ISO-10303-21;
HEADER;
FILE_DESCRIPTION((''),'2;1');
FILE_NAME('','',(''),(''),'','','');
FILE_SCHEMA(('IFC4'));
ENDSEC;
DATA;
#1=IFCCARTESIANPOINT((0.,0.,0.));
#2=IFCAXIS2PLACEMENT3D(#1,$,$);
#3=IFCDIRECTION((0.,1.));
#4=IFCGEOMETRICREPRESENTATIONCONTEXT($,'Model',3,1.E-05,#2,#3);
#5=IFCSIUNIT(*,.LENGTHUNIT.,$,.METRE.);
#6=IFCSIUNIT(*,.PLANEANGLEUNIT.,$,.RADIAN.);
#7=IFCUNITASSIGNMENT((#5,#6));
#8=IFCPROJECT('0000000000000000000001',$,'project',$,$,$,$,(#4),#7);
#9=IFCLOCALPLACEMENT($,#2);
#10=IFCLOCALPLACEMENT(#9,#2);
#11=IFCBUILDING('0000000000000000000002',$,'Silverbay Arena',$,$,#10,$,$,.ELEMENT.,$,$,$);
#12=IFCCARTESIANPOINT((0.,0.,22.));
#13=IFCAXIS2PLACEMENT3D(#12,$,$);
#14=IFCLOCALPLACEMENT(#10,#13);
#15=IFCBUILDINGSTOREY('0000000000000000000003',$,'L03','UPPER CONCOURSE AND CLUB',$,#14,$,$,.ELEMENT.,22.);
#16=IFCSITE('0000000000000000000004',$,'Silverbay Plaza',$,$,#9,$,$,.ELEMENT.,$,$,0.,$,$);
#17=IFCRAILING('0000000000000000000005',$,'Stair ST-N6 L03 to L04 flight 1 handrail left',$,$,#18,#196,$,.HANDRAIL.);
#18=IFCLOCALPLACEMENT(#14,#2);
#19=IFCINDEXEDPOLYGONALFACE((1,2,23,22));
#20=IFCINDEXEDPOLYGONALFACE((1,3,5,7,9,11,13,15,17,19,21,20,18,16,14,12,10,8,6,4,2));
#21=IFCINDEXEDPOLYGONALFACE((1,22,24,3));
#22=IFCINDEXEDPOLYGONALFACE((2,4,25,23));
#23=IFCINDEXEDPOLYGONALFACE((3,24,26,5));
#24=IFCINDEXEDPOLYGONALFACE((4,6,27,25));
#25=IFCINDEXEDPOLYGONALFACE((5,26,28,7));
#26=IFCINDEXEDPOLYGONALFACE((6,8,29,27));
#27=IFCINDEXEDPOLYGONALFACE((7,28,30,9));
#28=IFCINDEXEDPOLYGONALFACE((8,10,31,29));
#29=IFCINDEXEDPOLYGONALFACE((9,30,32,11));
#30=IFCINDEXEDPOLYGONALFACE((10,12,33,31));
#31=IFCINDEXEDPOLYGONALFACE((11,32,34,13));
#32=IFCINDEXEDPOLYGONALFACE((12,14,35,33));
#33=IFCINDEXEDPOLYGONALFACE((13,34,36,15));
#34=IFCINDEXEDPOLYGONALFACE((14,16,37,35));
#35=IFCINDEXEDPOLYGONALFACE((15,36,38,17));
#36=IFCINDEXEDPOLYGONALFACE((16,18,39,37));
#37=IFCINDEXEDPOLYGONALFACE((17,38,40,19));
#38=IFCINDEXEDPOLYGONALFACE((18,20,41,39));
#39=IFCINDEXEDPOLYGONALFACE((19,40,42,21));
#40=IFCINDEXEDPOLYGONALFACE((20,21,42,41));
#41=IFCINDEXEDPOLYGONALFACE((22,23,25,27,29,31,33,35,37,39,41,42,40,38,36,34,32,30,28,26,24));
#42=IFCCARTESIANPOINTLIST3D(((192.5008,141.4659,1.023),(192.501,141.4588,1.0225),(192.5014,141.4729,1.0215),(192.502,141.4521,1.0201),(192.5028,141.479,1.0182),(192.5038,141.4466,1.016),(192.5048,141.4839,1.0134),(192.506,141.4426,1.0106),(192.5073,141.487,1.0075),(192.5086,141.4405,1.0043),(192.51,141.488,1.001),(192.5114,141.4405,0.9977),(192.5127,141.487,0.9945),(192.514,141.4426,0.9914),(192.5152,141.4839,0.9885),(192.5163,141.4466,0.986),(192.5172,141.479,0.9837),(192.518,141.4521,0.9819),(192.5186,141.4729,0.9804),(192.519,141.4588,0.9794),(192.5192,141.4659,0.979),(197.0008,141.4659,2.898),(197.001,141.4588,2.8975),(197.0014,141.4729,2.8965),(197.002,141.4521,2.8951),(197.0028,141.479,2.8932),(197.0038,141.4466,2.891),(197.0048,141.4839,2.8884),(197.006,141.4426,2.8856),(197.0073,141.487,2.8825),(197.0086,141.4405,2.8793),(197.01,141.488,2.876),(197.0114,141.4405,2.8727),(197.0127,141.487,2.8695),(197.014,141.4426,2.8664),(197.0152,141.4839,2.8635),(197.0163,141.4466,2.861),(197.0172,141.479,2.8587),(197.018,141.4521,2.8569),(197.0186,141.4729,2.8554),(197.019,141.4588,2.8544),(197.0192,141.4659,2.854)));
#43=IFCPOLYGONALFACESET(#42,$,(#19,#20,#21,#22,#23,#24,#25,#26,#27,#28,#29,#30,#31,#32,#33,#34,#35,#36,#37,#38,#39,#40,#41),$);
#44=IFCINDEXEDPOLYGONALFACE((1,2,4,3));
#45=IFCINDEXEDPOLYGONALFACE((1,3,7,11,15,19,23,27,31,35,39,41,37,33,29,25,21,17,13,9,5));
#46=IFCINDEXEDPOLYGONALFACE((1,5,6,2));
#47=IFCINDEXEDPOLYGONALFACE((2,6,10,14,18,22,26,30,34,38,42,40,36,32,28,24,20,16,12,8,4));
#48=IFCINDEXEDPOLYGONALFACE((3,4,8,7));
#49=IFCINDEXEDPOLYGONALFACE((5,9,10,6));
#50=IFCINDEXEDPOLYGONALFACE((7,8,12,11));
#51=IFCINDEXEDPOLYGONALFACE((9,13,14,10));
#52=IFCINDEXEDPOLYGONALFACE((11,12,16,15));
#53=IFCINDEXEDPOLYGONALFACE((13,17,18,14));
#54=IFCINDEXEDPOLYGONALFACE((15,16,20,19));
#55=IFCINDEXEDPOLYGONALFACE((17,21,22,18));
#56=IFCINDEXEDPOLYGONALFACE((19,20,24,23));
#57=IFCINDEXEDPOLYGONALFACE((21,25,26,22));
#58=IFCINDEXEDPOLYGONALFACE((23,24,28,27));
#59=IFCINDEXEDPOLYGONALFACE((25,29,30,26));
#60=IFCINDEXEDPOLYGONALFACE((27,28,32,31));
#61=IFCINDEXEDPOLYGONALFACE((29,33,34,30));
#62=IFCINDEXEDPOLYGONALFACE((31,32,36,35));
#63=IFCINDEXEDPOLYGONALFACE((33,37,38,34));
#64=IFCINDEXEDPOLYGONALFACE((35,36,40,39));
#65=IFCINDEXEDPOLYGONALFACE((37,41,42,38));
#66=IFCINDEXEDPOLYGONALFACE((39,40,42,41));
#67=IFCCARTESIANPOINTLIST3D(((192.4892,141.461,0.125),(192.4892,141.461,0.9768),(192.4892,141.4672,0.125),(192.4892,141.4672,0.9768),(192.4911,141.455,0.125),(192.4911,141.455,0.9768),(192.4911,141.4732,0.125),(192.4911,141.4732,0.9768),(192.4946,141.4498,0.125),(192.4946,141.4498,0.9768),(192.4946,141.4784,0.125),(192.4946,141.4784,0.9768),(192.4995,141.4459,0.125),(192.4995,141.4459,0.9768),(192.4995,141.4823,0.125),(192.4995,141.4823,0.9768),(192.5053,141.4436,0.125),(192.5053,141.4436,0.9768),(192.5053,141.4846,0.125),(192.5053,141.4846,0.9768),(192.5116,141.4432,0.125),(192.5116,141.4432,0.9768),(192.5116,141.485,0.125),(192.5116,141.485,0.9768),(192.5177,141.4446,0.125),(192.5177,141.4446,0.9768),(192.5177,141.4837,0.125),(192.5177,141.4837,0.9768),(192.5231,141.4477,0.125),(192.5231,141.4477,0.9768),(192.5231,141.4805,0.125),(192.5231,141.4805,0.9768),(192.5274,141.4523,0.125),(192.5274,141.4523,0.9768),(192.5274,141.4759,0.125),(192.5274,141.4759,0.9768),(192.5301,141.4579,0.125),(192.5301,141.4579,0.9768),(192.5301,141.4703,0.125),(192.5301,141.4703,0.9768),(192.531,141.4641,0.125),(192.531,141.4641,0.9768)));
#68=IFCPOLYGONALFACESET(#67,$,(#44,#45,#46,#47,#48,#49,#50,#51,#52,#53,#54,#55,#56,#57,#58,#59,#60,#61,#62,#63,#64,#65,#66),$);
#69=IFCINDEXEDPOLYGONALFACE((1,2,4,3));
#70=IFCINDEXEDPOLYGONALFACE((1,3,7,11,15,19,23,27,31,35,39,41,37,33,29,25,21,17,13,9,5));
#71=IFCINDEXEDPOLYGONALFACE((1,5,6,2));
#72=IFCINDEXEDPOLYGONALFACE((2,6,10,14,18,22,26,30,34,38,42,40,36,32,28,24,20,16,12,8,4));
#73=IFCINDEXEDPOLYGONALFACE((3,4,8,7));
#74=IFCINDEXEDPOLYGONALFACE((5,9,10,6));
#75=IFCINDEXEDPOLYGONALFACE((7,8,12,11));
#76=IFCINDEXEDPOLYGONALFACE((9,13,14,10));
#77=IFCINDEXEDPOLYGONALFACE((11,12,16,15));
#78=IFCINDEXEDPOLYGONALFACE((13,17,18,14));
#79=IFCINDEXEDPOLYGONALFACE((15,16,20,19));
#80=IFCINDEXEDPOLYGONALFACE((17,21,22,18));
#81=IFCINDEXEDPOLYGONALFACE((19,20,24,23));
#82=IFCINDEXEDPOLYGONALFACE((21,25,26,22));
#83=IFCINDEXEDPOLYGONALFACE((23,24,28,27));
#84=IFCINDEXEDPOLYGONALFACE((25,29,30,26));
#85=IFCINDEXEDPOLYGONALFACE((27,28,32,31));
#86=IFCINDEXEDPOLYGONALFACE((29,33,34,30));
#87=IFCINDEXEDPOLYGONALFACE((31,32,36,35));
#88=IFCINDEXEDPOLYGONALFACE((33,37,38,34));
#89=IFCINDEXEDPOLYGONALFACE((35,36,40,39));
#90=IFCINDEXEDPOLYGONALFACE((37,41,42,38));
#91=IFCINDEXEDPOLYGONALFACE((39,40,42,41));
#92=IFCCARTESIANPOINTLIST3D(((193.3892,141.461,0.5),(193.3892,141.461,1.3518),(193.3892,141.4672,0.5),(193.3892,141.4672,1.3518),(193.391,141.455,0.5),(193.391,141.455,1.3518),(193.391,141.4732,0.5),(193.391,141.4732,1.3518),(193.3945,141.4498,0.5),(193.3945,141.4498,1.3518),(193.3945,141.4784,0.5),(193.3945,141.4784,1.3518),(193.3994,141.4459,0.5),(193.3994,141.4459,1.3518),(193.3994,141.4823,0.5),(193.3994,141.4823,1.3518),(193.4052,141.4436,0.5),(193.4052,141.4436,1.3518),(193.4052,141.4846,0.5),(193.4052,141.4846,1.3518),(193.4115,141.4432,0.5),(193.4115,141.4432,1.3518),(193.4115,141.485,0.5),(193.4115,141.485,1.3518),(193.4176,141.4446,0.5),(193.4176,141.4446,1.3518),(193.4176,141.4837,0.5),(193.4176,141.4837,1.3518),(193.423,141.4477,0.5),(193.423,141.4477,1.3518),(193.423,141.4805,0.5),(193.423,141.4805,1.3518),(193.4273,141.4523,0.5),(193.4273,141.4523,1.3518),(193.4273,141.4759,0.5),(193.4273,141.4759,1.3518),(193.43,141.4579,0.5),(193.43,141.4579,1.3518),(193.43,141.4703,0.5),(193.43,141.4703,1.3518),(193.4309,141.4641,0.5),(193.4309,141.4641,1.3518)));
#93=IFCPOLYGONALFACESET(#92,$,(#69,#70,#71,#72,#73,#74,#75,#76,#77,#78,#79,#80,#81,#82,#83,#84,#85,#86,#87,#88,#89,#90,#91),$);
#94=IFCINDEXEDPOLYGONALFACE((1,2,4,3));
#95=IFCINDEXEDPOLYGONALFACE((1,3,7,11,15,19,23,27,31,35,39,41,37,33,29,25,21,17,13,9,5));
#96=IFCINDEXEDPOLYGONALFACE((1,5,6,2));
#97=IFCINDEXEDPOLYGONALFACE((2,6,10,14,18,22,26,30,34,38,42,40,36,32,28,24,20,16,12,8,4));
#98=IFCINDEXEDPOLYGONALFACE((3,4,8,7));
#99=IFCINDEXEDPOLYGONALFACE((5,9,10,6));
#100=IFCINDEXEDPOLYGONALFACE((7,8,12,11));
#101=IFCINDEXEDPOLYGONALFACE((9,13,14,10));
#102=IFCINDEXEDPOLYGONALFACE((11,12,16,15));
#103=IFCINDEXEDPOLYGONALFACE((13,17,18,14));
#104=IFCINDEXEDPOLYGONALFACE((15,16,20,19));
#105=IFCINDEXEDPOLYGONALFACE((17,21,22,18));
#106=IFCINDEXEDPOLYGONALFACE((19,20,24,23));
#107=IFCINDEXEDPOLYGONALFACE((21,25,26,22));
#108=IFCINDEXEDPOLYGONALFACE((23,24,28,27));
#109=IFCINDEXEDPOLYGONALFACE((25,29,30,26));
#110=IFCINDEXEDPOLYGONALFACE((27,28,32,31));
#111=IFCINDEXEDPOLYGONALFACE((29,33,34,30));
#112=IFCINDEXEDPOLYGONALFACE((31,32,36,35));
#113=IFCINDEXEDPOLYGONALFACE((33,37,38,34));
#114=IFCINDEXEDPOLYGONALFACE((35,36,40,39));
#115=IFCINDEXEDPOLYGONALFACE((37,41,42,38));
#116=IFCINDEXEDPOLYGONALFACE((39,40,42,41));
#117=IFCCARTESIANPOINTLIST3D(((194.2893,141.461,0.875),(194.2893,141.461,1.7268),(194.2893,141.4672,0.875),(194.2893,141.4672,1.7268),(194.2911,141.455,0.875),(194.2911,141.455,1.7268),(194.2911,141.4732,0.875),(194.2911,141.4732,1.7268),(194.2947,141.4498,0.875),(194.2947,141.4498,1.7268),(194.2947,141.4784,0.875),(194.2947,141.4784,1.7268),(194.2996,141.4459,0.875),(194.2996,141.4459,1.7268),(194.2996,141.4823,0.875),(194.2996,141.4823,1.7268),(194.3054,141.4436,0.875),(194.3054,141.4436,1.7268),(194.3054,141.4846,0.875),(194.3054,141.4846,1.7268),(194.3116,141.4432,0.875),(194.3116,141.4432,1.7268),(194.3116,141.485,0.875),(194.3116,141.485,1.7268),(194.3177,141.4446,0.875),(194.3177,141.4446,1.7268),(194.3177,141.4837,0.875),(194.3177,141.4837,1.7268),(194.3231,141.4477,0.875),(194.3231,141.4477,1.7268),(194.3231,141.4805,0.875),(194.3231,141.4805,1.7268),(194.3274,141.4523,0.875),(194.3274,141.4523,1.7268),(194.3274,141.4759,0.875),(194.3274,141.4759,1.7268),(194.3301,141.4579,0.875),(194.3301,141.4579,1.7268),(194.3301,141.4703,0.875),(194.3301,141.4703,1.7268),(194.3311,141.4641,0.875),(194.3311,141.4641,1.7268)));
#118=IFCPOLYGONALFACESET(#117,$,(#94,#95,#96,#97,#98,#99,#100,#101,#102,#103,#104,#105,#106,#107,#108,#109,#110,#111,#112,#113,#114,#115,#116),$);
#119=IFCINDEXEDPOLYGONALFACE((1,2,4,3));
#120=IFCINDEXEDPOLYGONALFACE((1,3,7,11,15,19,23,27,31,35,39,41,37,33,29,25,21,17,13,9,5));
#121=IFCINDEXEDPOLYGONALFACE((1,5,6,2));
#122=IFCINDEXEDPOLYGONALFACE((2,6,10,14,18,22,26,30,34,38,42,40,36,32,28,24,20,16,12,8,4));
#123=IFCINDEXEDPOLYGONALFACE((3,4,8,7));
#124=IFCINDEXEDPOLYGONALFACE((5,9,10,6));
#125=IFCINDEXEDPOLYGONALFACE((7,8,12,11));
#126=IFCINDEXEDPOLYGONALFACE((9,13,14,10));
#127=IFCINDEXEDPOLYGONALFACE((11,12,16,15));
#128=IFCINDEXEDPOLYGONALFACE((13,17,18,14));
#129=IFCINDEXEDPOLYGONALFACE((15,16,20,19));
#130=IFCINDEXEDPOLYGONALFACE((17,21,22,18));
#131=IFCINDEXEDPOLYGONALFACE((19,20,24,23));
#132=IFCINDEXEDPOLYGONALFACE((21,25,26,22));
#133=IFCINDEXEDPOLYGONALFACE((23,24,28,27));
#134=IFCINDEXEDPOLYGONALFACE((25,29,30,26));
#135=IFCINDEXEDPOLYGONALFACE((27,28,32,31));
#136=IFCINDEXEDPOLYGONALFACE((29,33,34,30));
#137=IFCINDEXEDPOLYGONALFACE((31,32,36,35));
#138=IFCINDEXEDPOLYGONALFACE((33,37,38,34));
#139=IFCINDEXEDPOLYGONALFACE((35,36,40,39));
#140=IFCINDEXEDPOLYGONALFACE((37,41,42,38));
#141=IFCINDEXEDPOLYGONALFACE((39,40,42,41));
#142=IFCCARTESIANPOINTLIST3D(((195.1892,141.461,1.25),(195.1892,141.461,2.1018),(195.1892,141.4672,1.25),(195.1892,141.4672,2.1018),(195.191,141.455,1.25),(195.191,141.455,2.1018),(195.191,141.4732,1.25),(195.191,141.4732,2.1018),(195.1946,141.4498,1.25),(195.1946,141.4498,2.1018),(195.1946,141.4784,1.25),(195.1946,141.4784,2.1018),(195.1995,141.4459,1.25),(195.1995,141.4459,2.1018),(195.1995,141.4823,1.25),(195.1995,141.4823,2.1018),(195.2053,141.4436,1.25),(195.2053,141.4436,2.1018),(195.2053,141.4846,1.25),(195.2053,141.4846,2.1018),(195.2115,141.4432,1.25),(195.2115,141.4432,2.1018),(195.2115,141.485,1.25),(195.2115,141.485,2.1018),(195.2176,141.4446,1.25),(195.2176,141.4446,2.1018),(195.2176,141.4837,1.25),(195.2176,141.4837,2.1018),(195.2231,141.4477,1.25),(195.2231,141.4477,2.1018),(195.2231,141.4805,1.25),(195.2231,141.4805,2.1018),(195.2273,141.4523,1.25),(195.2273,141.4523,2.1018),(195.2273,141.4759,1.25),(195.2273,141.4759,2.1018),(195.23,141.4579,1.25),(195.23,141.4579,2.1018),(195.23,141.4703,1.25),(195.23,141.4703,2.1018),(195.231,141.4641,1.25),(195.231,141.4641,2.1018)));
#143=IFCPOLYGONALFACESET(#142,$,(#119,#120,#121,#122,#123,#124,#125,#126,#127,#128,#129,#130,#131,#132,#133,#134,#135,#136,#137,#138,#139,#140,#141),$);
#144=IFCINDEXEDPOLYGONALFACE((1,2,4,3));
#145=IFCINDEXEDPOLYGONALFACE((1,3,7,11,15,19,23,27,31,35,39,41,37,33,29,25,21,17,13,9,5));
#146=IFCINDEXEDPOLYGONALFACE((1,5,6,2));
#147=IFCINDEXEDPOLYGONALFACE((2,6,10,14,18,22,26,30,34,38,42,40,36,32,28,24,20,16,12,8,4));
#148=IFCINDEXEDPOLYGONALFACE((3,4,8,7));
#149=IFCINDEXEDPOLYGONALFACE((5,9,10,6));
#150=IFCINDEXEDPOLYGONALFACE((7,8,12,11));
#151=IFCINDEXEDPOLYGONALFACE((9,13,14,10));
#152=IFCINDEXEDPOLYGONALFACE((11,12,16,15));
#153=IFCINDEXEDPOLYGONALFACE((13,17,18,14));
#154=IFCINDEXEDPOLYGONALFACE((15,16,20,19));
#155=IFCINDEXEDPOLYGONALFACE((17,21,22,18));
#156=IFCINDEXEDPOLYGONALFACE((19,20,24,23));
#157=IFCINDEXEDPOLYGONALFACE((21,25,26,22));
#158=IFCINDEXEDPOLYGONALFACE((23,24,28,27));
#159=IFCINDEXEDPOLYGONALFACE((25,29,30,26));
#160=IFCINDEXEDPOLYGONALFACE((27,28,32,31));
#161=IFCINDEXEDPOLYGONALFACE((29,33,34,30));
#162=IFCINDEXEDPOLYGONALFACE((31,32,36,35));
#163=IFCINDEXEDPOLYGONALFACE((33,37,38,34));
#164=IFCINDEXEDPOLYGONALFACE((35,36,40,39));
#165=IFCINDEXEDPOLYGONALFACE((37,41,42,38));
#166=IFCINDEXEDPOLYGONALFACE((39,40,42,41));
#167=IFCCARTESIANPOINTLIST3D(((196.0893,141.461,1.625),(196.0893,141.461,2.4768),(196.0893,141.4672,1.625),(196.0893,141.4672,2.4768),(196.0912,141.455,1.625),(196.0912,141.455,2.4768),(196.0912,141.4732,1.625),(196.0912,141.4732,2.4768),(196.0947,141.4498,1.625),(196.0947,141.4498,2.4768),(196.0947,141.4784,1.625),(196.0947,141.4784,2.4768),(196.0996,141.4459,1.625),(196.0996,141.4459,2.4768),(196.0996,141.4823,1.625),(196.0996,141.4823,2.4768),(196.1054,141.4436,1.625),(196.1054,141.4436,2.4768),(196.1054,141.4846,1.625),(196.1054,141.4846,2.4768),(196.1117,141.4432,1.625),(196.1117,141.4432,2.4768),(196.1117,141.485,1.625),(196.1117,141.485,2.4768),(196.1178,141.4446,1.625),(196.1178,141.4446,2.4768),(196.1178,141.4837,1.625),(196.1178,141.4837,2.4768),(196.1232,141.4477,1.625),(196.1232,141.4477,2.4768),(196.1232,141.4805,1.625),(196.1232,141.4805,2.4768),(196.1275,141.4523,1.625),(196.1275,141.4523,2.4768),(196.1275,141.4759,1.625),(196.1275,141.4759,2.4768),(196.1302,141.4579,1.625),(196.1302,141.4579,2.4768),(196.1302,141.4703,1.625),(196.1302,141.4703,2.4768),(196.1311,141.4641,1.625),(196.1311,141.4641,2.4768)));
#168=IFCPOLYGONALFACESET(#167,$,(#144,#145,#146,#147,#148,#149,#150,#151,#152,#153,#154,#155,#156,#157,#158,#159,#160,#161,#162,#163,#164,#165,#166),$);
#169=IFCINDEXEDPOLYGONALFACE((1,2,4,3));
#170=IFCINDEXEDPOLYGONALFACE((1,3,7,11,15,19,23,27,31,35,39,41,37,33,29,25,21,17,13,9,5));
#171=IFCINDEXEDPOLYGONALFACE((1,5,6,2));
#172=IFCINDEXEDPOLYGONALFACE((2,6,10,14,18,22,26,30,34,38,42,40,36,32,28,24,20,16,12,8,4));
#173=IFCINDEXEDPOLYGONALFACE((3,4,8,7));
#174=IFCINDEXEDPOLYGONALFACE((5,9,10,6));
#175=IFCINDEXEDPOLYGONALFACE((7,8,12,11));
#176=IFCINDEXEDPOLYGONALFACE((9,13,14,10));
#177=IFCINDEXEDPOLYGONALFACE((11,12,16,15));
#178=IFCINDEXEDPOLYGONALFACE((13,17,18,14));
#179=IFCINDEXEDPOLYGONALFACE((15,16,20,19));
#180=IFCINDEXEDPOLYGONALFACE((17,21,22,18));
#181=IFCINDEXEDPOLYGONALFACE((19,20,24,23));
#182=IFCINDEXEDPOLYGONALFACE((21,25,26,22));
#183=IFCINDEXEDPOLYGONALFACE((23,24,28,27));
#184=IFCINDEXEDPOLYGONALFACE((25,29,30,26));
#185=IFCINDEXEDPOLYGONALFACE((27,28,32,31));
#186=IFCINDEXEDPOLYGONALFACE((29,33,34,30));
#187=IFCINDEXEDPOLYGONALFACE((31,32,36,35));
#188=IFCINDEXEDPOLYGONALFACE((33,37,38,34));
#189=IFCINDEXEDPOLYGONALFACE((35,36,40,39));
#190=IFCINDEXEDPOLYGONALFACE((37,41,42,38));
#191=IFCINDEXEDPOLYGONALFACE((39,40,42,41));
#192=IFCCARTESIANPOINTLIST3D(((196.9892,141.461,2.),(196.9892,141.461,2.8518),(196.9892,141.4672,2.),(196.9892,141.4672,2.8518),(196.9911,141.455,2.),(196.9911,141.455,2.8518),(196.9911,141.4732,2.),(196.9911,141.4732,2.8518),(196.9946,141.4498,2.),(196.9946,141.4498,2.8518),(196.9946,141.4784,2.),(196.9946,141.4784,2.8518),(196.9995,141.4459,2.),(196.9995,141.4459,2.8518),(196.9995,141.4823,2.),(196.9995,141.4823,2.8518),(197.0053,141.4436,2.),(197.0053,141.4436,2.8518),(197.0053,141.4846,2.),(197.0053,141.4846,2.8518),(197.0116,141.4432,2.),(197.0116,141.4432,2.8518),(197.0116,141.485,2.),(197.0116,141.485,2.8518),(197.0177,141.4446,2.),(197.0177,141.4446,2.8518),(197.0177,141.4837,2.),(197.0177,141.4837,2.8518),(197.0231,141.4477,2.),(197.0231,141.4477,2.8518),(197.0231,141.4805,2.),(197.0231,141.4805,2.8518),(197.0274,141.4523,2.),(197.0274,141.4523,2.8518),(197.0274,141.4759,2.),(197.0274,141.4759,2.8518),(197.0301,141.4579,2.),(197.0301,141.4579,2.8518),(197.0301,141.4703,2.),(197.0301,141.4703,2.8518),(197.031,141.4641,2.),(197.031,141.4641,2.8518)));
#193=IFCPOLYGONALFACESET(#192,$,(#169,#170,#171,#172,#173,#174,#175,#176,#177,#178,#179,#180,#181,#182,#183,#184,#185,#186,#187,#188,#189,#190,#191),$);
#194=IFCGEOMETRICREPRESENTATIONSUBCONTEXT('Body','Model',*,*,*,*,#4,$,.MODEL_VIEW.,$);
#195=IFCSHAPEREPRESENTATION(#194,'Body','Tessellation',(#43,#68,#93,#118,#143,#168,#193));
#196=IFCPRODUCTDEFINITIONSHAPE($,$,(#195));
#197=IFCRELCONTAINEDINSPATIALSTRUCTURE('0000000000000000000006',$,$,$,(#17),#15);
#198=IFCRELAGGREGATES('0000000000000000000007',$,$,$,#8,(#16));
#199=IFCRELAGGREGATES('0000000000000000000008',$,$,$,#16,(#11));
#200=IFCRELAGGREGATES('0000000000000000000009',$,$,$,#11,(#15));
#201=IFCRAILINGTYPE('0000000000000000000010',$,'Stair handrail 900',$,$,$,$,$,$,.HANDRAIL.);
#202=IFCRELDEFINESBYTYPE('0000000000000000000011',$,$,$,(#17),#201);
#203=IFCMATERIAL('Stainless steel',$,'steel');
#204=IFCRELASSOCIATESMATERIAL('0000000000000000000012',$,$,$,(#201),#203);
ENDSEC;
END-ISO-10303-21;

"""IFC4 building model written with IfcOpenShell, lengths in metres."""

from ifc_helpers import new_model, si_unit, direction, frame, origin, origin_2d, place, context, subcontext, project, spatial, circle, extrude, material, type_object, element, save


model = new_model("IFC4")

# Units and contexts
model_context = context("Model", 3, precision=1e-05, world=origin(), true_north=direction((0.0, 1.0)))
body_context = subcontext(model_context, "Body", "Model", "MODEL_VIEW")
ifc_project = project(units=[si_unit("LENGTHUNIT", "METRE"), si_unit("PLANEANGLEUNIT", "RADIAN")], contexts=[model_context])

# Site, building, storey
site_placement = place(None, origin())
site = spatial("IfcSite", under=ifc_project, at=site_placement, Name="Silverbay Plaza", CompositionType="ELEMENT", RefElevation=0.0)
building_placement = place(site_placement, origin())
building = spatial("IfcBuilding", under=site, at=building_placement, Name="Silverbay Arena", CompositionType="ELEMENT")
storey_placement = place(building_placement, frame((0.0, 0.0, 22.0)))
storey = spatial("IfcBuildingStorey", under=building, at=storey_placement, Name="L03", Description="UPPER CONCOURSE AND CLUB", CompositionType="ELEMENT", Elevation=22.0)

# Railing
ifc_material_1 = material(Name="Stainless steel", Category="steel")
railing_type_1 = type_object("IfcRailingType", Name="Stair handrail 900", PredefinedType="HANDRAIL", material=ifc_material_1)
for number, where, name in (
    (1, (192.51, 141.4641, 0.125), "Stair ST-N6 L03 to L04 flight 1 handrail left"),
):
    element("IfcRailing", number, at=place(storey_placement, frame(where)), inside=storey, type_object=railing_type_1, Name=name, PredefinedType="HANDRAIL", context=body_context, shape_type="SweptSolid", body=[
        extrude(circle(Radius=0.0239, at=origin_2d()), frame((0.0, 0.0, 0.876), z_axis=(0.923077, 0.0, 0.384615), x_axis=(0.0, 1.0, 0.0)), (0.0, 0.0, 1.0), 4.875),
        extrude(circle(Radius=0.021, at=origin_2d()), origin(), (0.0, 0.0, 1.0), 0.8518),
        extrude(circle(Radius=0.021, at=origin_2d()), frame((0.8999, 0.0, 0.375)), (0.0, 0.0, 1.0), 0.8518),
        extrude(circle(Radius=0.021, at=origin_2d()), frame((1.8, 0.0, 0.75)), (0.0, 0.0, 1.0), 0.8518),
        extrude(circle(Radius=0.021, at=origin_2d()), frame((2.7, 0.0, 1.125)), (0.0, 0.0, 1.0), 0.8518),
        extrude(circle(Radius=0.021, at=origin_2d()), frame((3.6001, 0.0, 1.5)), (0.0, 0.0, 1.0), 0.8518),
        extrude(circle(Radius=0.021, at=origin_2d()), frame((4.5, 0.0, 1.875)), (0.0, 0.0, 1.0), 0.8518),
    ])

save(model, "model.ifc")
